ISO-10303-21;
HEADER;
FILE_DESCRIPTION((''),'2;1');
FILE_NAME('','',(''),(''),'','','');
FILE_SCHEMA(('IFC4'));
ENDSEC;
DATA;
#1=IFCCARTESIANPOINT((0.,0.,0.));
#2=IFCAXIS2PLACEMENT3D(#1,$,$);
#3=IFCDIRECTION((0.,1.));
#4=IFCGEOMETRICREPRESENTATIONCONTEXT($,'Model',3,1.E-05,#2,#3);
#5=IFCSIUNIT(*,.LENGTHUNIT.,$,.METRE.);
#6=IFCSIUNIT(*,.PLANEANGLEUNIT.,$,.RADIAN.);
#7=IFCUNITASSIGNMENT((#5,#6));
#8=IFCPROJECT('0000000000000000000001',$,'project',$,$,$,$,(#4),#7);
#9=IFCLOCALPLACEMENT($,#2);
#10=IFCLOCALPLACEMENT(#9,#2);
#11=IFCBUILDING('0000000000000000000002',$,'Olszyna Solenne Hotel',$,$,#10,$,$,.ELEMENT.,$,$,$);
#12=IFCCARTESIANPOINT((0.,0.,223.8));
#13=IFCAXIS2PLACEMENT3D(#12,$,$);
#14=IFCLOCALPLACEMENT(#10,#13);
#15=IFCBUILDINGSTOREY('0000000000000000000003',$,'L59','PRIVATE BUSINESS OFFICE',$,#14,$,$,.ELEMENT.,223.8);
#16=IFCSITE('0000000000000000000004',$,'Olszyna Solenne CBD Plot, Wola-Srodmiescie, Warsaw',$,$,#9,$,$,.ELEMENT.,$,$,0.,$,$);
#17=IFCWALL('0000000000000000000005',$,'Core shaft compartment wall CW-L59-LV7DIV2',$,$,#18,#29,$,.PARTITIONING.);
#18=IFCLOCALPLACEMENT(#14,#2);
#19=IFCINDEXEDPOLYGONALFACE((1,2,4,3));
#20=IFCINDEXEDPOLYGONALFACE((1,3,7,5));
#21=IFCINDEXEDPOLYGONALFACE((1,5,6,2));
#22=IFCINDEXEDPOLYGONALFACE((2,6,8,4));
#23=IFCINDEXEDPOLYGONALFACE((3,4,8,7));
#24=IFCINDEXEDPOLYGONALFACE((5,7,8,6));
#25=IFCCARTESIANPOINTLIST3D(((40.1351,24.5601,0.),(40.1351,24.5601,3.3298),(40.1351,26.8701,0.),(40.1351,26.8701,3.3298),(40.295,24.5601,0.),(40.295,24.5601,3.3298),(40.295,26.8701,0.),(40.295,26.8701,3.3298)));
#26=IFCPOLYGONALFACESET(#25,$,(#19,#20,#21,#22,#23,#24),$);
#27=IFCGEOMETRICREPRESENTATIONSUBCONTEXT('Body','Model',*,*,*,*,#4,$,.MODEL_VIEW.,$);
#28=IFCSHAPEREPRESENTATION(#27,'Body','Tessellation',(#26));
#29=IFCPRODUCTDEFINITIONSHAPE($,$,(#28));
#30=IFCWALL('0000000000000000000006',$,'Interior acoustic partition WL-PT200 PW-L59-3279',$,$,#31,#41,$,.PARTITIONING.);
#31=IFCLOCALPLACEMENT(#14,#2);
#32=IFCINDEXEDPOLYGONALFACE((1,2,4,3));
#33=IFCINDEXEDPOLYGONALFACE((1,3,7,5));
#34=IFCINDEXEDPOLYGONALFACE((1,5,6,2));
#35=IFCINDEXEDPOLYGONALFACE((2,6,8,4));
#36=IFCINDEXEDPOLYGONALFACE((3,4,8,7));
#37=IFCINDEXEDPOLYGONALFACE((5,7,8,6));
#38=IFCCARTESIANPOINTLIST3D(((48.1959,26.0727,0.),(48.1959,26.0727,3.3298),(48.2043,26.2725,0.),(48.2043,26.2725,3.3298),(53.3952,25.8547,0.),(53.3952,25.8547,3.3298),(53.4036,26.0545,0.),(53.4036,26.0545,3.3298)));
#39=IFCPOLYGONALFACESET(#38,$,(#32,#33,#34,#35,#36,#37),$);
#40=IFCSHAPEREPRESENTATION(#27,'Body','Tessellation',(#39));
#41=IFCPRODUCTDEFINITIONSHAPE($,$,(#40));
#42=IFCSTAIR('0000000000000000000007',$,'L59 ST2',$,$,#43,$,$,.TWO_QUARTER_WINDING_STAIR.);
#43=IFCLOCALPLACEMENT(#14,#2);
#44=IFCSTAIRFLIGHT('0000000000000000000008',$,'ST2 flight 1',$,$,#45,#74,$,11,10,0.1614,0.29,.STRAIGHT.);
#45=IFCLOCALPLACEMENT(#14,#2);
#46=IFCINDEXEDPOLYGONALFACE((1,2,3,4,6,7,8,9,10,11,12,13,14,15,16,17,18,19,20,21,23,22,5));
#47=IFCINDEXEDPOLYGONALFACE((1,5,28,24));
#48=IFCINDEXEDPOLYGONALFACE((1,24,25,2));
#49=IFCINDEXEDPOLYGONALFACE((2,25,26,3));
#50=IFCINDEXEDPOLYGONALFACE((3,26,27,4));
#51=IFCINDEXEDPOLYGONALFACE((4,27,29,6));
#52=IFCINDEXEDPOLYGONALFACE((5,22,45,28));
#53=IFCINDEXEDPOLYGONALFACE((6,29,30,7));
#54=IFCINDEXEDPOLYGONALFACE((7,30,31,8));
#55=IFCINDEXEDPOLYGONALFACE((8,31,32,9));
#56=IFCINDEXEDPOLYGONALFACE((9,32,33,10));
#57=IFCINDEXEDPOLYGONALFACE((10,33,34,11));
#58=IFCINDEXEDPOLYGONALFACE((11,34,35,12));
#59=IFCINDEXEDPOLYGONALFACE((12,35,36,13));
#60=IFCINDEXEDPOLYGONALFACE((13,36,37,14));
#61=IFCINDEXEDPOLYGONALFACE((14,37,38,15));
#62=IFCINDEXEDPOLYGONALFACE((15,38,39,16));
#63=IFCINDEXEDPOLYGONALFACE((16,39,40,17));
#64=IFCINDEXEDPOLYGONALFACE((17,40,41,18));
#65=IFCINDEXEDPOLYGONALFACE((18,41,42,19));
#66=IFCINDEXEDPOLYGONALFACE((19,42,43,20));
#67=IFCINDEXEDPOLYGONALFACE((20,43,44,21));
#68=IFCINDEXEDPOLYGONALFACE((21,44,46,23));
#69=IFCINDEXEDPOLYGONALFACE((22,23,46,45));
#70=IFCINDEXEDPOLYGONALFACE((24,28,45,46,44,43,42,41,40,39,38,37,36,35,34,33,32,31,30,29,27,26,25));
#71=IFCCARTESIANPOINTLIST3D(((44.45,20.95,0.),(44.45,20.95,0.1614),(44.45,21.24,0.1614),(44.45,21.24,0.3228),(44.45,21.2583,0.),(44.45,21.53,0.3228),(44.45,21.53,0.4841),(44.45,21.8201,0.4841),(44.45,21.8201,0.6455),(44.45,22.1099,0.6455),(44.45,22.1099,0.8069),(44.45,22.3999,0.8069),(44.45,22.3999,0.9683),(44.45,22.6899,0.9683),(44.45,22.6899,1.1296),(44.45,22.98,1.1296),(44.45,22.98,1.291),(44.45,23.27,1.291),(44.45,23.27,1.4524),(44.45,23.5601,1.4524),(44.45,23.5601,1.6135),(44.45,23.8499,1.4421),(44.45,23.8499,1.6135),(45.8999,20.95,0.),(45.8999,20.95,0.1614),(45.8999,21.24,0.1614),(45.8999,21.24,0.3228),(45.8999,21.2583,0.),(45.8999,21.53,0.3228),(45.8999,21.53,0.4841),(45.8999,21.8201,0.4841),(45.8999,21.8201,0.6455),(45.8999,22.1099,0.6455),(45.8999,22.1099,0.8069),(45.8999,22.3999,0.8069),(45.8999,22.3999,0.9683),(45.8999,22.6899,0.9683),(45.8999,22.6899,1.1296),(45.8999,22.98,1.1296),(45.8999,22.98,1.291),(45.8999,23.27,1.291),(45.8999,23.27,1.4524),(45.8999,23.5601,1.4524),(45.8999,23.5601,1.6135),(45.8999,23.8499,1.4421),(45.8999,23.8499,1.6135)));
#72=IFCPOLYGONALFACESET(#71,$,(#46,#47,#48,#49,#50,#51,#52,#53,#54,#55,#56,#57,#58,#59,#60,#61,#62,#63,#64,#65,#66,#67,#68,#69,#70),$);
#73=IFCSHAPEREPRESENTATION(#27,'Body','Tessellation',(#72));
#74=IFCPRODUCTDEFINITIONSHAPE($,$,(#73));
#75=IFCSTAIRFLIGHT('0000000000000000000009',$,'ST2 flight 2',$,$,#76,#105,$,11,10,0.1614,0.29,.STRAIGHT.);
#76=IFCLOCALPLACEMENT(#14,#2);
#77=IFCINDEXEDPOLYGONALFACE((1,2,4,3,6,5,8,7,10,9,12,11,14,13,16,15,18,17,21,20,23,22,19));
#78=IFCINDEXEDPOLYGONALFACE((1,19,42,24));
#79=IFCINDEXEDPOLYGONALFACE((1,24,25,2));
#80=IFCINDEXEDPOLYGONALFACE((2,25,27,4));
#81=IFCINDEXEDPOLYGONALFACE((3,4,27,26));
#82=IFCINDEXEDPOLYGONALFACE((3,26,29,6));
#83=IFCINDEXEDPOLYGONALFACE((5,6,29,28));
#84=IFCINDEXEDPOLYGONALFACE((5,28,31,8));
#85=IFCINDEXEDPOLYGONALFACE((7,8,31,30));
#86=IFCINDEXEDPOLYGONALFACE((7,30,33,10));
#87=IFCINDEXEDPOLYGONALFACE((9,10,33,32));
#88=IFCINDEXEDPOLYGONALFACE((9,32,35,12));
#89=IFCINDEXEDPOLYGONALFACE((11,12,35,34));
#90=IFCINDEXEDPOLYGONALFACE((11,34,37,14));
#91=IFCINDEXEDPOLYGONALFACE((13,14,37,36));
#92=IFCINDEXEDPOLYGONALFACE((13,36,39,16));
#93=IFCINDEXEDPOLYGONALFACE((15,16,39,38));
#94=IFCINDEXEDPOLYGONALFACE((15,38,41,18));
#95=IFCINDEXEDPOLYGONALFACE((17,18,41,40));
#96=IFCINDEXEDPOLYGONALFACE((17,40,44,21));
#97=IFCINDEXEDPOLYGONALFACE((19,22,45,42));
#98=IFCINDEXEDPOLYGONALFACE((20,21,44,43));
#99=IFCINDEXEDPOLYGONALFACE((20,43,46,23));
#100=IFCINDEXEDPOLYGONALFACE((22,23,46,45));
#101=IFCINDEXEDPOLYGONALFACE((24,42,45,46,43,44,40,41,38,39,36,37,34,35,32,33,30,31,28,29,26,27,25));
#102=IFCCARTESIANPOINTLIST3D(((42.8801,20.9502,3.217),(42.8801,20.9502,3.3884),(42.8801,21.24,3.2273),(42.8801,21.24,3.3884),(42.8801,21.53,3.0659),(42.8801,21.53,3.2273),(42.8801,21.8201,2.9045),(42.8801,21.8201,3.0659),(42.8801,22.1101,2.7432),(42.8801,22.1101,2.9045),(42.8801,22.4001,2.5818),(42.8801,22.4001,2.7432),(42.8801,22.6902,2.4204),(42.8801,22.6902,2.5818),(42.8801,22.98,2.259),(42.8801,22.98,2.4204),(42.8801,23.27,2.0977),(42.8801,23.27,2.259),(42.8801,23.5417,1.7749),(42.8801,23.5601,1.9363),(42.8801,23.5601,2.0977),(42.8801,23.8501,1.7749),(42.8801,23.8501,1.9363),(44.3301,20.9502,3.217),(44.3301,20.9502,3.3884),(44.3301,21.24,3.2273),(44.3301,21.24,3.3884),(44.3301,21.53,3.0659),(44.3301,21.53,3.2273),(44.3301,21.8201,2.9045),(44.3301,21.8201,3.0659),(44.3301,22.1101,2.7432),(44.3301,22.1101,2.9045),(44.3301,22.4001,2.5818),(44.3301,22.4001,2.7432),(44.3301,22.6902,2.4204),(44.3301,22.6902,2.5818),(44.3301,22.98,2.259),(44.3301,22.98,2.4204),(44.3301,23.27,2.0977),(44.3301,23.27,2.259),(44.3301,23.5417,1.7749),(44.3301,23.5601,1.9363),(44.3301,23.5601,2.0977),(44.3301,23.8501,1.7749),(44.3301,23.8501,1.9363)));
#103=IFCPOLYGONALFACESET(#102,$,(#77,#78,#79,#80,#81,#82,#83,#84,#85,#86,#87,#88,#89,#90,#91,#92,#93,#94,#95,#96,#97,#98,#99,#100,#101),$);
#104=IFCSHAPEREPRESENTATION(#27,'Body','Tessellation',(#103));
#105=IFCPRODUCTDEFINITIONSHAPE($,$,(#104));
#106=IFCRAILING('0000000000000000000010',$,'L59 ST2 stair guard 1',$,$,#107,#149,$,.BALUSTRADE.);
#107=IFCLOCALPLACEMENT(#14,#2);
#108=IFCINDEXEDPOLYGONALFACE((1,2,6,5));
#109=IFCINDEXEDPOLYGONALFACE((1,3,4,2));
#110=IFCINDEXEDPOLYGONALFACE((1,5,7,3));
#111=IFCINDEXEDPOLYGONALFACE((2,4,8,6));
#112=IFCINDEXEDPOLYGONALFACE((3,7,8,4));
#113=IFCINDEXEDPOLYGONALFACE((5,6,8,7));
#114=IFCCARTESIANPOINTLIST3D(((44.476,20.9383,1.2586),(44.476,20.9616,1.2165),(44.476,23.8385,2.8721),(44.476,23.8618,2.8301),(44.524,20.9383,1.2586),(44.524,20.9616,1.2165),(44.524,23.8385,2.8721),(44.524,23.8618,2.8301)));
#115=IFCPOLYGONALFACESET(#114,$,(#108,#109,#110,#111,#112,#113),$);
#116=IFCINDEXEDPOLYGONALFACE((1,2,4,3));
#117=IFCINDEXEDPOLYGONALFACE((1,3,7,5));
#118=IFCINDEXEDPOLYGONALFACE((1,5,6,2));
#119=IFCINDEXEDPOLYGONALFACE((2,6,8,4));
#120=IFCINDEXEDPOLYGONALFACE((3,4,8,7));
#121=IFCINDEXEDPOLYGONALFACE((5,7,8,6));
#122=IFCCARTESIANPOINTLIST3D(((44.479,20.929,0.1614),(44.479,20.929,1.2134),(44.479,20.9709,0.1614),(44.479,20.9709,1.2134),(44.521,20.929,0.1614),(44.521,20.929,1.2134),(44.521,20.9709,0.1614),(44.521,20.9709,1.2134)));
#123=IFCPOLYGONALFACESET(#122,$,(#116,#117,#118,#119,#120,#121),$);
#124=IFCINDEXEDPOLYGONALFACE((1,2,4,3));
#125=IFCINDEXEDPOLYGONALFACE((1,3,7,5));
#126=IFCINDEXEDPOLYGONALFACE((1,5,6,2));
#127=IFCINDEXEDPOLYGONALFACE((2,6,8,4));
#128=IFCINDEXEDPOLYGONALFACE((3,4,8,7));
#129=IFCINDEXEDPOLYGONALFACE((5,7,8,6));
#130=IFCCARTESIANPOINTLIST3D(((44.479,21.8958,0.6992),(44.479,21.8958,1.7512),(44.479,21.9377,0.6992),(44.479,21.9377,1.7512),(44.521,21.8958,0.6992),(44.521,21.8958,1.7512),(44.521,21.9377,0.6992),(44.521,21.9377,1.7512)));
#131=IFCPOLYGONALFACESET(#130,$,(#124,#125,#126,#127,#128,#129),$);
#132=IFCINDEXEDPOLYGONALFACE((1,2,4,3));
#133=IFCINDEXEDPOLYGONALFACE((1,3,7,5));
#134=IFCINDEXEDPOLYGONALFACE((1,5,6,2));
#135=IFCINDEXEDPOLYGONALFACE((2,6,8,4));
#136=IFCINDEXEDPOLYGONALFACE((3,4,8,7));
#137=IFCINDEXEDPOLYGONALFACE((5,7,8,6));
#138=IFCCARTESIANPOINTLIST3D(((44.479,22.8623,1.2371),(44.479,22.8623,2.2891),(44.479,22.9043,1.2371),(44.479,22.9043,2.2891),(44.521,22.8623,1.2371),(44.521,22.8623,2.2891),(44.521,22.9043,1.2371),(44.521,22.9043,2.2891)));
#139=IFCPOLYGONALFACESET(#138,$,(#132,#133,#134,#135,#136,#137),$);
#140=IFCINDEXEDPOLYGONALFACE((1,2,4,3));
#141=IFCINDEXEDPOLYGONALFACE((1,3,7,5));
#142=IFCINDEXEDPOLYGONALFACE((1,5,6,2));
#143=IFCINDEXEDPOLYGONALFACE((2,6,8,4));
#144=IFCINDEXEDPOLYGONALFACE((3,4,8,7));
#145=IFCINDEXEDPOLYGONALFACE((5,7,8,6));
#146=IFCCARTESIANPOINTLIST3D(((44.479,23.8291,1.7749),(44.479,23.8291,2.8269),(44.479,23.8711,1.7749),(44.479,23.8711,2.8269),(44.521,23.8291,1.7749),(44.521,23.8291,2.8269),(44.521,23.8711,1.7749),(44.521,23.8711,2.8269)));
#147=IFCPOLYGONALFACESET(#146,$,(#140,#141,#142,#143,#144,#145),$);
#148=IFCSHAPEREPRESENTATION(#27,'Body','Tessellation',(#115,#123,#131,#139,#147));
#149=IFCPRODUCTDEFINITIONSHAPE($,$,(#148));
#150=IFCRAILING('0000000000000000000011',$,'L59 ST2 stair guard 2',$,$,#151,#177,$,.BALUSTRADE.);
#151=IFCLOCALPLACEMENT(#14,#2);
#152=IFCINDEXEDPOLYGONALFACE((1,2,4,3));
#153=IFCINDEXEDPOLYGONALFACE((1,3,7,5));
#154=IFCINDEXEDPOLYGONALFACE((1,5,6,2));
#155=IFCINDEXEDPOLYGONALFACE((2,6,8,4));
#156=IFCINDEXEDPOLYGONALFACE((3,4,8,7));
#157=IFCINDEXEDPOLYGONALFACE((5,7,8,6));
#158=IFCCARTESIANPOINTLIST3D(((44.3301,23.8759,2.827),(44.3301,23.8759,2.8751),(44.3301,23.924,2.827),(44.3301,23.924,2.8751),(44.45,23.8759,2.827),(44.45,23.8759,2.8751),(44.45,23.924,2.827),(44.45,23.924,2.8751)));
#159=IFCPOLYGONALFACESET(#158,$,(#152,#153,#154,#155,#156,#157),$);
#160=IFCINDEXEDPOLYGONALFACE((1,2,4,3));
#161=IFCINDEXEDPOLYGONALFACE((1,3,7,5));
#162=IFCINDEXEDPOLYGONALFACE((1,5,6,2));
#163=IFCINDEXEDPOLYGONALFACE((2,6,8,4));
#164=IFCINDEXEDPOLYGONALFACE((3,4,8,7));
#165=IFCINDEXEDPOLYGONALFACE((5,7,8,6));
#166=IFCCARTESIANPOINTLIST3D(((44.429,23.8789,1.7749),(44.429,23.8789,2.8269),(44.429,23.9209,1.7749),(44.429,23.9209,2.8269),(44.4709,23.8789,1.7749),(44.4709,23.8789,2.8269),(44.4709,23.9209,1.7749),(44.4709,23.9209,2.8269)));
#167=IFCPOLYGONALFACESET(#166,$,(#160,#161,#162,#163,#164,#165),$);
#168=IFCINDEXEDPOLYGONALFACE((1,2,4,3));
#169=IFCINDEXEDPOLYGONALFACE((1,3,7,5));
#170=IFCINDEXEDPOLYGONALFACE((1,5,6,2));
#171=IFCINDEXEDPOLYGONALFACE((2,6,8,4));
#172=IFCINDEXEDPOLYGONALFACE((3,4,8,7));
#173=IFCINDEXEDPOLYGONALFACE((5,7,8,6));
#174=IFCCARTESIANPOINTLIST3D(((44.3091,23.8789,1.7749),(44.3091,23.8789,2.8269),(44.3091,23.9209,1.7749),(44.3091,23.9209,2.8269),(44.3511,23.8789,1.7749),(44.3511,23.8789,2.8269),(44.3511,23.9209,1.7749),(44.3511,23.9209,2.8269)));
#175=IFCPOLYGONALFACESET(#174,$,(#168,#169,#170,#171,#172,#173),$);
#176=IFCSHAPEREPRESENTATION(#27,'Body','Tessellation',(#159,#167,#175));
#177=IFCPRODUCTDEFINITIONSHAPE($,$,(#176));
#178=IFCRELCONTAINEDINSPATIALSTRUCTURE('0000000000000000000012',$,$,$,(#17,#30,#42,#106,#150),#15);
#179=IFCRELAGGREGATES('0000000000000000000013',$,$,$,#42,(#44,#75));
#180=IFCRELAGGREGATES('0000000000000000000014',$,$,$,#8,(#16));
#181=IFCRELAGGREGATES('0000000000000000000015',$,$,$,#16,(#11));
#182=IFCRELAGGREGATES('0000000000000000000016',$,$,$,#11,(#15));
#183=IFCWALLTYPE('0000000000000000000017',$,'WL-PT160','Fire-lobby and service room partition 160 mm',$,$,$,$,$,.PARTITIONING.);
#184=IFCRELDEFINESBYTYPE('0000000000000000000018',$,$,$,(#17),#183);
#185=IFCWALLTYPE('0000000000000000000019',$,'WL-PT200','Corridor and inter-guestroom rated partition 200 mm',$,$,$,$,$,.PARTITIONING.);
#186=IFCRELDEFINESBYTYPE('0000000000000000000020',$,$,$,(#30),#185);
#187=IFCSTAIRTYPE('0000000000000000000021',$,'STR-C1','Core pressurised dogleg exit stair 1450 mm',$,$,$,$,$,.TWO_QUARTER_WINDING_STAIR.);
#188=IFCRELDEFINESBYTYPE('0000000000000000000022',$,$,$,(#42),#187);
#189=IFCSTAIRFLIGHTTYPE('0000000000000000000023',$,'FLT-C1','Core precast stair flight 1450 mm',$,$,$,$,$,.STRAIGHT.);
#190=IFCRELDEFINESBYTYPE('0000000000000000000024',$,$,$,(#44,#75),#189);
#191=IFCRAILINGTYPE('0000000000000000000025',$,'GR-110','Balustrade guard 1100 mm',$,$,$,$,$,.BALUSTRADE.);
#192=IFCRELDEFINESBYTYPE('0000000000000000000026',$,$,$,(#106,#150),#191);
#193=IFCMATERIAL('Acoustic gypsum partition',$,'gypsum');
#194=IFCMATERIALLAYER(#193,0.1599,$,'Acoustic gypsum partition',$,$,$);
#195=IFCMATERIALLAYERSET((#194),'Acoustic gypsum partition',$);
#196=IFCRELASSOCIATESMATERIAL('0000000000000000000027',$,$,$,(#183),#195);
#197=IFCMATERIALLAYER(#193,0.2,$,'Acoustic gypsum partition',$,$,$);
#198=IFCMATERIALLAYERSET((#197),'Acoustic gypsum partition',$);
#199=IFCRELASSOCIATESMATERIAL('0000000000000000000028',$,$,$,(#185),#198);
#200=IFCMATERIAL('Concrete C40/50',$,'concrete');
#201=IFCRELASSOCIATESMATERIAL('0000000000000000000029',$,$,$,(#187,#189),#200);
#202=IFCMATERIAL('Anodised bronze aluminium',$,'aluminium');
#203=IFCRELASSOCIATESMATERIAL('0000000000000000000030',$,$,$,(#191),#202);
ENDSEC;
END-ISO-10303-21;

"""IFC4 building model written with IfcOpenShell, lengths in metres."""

from ifc_helpers import new_model, si_unit, direction, frame, frame_2d, origin, origin_2d, place, context, subcontext, project, spatial, polyline, rectangle, outline, extrude, material, layer, layer_set, type_object, element, aggregate, save


model = new_model("IFC4")

# Units and contexts
model_context = context("Model", 3, precision=1e-05, world=origin(), true_north=direction((0.0, 1.0)))
body_context = subcontext(model_context, "Body", "Model", "MODEL_VIEW")
ifc_project = project(units=[si_unit("LENGTHUNIT", "METRE"), si_unit("PLANEANGLEUNIT", "RADIAN")], contexts=[model_context])

# Site, building, storey
site_placement = place(None, origin())
site = spatial("IfcSite", under=ifc_project, at=site_placement, Name="Olszyna Solenne CBD Plot, Wola-Srodmiescie, Warsaw", CompositionType="ELEMENT", RefElevation=0.0)
building_placement = place(site_placement, origin())
building = spatial("IfcBuilding", under=site, at=building_placement, Name="Olszyna Solenne Hotel", CompositionType="ELEMENT")
storey_placement = place(building_placement, frame((0.0, 0.0, 223.8)))
storey = spatial("IfcBuildingStorey", under=building, at=storey_placement, Name="L59", Description="PRIVATE BUSINESS OFFICE", CompositionType="ELEMENT", Elevation=223.8)

# Shared definitions
ifc_material_1 = material(Name="Anodised bronze aluminium", Category="aluminium")

# Shared definitions
ifc_material_2 = material(Name="Acoustic gypsum partition", Category="gypsum")

# Shared definitions
ifc_layer_1 = layer(ifc_material_2, 0.1599, Name="Acoustic gypsum partition")
ifc_layer_set_1 = layer_set([ifc_layer_1], Name="Acoustic gypsum partition")
wall_type_1 = type_object("IfcWallType", Name="WL-PT160", Description="Fire-lobby and service room partition 160 mm", PredefinedType="PARTITIONING", material=ifc_layer_set_1)

# Walls
for number, where, z_axis, x_axis, name in (
    (1, (40.2151, 24.5601, 0.0), (0.0, 0.0, 1.0), (0.0, 1.0, 0.0), "Core shaft compartment wall CW-L59-LV7DIV2"),
):
    element("IfcWall", number, at=place(storey_placement, frame(where, z_axis=z_axis, x_axis=x_axis)), inside=storey, type_object=wall_type_1, Name=name, PredefinedType="PARTITIONING", context=body_context, shape_type="SweptSolid", body=[
        extrude(rectangle(XDim=2.3101, YDim=0.1599, at=frame_2d((1.155, 0.0))), origin(), (0.0, 0.0, 1.0), 3.3298),
    ])
ifc_layer_2 = layer(ifc_material_2, 0.2, Name="Acoustic gypsum partition")
ifc_layer_set_2 = layer_set([ifc_layer_2], Name="Acoustic gypsum partition")
wall_type_2 = type_object("IfcWallType", Name="WL-PT200", Description="Corridor and inter-guestroom rated partition 200 mm", PredefinedType="PARTITIONING", material=ifc_layer_set_2)
wall_1_placement = place(storey_placement, frame((48.2, 26.1726, 0.0), z_axis=(0.0, 0.0, 1.0), x_axis=(0.999122, -0.041896, 0.0)))
element("IfcWall", 2, at=wall_1_placement, inside=storey, type_object=wall_type_2, Name="Interior acoustic partition WL-PT200 PW-L59-3279", PredefinedType="PARTITIONING", context=body_context, shape_type="SweptSolid", body=[
    extrude(rectangle(XDim=5.2039, YDim=0.2, at=frame_2d((2.6021, 0.0))), origin(), (0.0, 0.0, 1.0), 3.3298),
])

# Stair, stair flights
ifc_material_3 = material(Name="Concrete C40/50", Category="concrete")
stair_type = type_object("IfcStairType", Name="STR-C1", Description="Core pressurised dogleg exit stair 1450 mm", PredefinedType="TWO_QUARTER_WINDING_STAIR", material=ifc_material_3)
stair_placement = place(storey_placement, origin())
stair = element("IfcStair", 3, at=stair_placement, inside=storey, type_object=stair_type, Name="L59 ST2", PredefinedType="TWO_QUARTER_WINDING_STAIR")
stair_flight_type = type_object("IfcStairFlightType", Name="FLT-C1", Description="Core precast stair flight 1450 mm", PredefinedType="STRAIGHT", material=ifc_material_3)
stair_flight_1_placement = place(storey_placement, frame((45.175, 20.95, 0.0), z_axis=(0.0, 0.0, 1.0), x_axis=(0.0, 1.0, 0.0)))
stair_flight_1 = element("IfcStairFlight", 4, at=stair_flight_1_placement, type_object=stair_flight_type, Name="ST2 flight 1", NumberOfRisers=11, NumberOfTreads=10, PredefinedType="STRAIGHT", RiserHeight=0.1614, TreadLength=0.29, context=body_context, shape_type="SweptSolid", body=[
    extrude(outline(polyline([(0.0, 0.0), (0.0, 0.1614), (0.29, 0.1614), (0.29, 0.3228), (0.5801, 0.3228), (0.5801, 0.4841), (0.8701, 0.4841), (0.8701, 0.6455), (1.1599, 0.6455), (1.1599, 0.8069), (1.45, 0.8069), (1.45, 0.9683), (1.74, 0.9683), (1.74, 1.1296), (2.03, 1.1296), (2.03, 1.291), (2.3201, 1.291), (2.3201, 1.4524), (2.6101, 1.4524), (2.6101, 1.6135), (2.8999, 1.6135), (2.8999, 1.7749), (2.8999, 1.4421), (0.3083, 0.0), (0.0, 0.0)])), frame((0.0, 0.7251, 0.0), z_axis=(0.0, -1.0, 0.0), x_axis=(1.0, 0.0, 0.0)), (0.0, 0.0, 1.0), 1.45),
])
stair_flight_2_placement = place(storey_placement, frame((43.605, 23.8501, 1.7749), z_axis=(0.0, 0.0, 1.0), x_axis=(0.0, -1.0, 0.0)))
stair_flight_2 = element("IfcStairFlight", 5, at=stair_flight_2_placement, type_object=stair_flight_type, Name="ST2 flight 2", NumberOfRisers=11, NumberOfTreads=10, PredefinedType="STRAIGHT", RiserHeight=0.1614, TreadLength=0.29, context=body_context, shape_type="SweptSolid", body=[
    extrude(outline(polyline([(0.0, 0.0), (0.0, 0.1614), (0.29, 0.1614), (0.29, 0.3228), (0.5801, 0.3228), (0.5801, 0.4841), (0.8701, 0.4841), (0.8701, 0.6455), (1.1599, 0.6455), (1.1599, 0.8069), (1.45, 0.8069), (1.45, 0.9683), (1.74, 0.9683), (1.74, 1.1296), (2.03, 1.1296), (2.03, 1.291), (2.3201, 1.291), (2.3201, 1.4524), (2.6101, 1.4524), (2.6101, 1.6135), (2.8999, 1.6135), (2.8999, 1.7749), (2.8999, 1.4421), (0.3083, 0.0), (0.0, 0.0)])), frame((0.0, 0.7251, 0.0), z_axis=(0.0, -1.0, 0.0), x_axis=(1.0, 0.0, 0.0)), (0.0, 0.0, 1.0), 1.45),
])
aggregate(stair, [stair_flight_1, stair_flight_2])

# Railings
railing_type_1 = type_object("IfcRailingType", Name="GR-110", Description="Balustrade guard 1100 mm", PredefinedType="BALUSTRADE", material=ifc_material_1)
railing_1_placement = place(storey_placement, frame((44.5, 20.95, 0.1614)))
element("IfcRailing", 6, at=railing_1_placement, inside=storey, type_object=railing_type_1, Name="L59 ST2 stair guard 1", PredefinedType="BALUSTRADE", context=body_context, shape_type="SweptSolid", body=[
    extrude(rectangle(XDim=0.0481, YDim=0.0481, at=origin_2d()), frame((0.0, 0.0, 1.0762), z_axis=(0.0, 0.873859, 0.48618), x_axis=(-1.0, 0.0, 0.0)), (0.0, 0.0, 1.0), 3.3188),
    extrude(rectangle(XDim=0.042, YDim=0.042, at=origin_2d()), origin(), (0.0, 0.0, 1.0), 1.052),
    extrude(rectangle(XDim=0.042, YDim=0.042, at=origin_2d()), frame((0.0, 0.9668, 0.5378)), (0.0, 0.0, 1.0), 1.052),
    extrude(rectangle(XDim=0.042, YDim=0.042, at=origin_2d()), frame((0.0, 1.9333, 1.0757)), (0.0, 0.0, 1.0), 1.052),
    extrude(rectangle(XDim=0.042, YDim=0.042, at=origin_2d()), frame((0.0, 2.9001, 1.6135)), (0.0, 0.0, 1.0), 1.052),
])
railing_2_placement = place(storey_placement, frame((44.45, 23.8999, 1.7749)))
element("IfcRailing", 7, at=railing_2_placement, inside=storey, type_object=railing_type_1, Name="L59 ST2 stair guard 2", PredefinedType="BALUSTRADE", context=body_context, shape_type="SweptSolid", body=[
    extrude(rectangle(XDim=0.0481, YDim=0.0481, at=origin_2d()), frame((0.0, 0.0, 1.0762), z_axis=(-1.0, 0.0, 0.0), x_axis=(0.0, -1.0, 0.0)), (0.0, 0.0, 1.0), 0.1199),
    extrude(rectangle(XDim=0.042, YDim=0.042, at=origin_2d()), origin(), (0.0, 0.0, 1.0), 1.052),
    extrude(rectangle(XDim=0.042, YDim=0.042, at=origin_2d()), frame((-0.1199, 0.0, 0.0)), (0.0, 0.0, 1.0), 1.052),
])

save(model, "model.ifc")
